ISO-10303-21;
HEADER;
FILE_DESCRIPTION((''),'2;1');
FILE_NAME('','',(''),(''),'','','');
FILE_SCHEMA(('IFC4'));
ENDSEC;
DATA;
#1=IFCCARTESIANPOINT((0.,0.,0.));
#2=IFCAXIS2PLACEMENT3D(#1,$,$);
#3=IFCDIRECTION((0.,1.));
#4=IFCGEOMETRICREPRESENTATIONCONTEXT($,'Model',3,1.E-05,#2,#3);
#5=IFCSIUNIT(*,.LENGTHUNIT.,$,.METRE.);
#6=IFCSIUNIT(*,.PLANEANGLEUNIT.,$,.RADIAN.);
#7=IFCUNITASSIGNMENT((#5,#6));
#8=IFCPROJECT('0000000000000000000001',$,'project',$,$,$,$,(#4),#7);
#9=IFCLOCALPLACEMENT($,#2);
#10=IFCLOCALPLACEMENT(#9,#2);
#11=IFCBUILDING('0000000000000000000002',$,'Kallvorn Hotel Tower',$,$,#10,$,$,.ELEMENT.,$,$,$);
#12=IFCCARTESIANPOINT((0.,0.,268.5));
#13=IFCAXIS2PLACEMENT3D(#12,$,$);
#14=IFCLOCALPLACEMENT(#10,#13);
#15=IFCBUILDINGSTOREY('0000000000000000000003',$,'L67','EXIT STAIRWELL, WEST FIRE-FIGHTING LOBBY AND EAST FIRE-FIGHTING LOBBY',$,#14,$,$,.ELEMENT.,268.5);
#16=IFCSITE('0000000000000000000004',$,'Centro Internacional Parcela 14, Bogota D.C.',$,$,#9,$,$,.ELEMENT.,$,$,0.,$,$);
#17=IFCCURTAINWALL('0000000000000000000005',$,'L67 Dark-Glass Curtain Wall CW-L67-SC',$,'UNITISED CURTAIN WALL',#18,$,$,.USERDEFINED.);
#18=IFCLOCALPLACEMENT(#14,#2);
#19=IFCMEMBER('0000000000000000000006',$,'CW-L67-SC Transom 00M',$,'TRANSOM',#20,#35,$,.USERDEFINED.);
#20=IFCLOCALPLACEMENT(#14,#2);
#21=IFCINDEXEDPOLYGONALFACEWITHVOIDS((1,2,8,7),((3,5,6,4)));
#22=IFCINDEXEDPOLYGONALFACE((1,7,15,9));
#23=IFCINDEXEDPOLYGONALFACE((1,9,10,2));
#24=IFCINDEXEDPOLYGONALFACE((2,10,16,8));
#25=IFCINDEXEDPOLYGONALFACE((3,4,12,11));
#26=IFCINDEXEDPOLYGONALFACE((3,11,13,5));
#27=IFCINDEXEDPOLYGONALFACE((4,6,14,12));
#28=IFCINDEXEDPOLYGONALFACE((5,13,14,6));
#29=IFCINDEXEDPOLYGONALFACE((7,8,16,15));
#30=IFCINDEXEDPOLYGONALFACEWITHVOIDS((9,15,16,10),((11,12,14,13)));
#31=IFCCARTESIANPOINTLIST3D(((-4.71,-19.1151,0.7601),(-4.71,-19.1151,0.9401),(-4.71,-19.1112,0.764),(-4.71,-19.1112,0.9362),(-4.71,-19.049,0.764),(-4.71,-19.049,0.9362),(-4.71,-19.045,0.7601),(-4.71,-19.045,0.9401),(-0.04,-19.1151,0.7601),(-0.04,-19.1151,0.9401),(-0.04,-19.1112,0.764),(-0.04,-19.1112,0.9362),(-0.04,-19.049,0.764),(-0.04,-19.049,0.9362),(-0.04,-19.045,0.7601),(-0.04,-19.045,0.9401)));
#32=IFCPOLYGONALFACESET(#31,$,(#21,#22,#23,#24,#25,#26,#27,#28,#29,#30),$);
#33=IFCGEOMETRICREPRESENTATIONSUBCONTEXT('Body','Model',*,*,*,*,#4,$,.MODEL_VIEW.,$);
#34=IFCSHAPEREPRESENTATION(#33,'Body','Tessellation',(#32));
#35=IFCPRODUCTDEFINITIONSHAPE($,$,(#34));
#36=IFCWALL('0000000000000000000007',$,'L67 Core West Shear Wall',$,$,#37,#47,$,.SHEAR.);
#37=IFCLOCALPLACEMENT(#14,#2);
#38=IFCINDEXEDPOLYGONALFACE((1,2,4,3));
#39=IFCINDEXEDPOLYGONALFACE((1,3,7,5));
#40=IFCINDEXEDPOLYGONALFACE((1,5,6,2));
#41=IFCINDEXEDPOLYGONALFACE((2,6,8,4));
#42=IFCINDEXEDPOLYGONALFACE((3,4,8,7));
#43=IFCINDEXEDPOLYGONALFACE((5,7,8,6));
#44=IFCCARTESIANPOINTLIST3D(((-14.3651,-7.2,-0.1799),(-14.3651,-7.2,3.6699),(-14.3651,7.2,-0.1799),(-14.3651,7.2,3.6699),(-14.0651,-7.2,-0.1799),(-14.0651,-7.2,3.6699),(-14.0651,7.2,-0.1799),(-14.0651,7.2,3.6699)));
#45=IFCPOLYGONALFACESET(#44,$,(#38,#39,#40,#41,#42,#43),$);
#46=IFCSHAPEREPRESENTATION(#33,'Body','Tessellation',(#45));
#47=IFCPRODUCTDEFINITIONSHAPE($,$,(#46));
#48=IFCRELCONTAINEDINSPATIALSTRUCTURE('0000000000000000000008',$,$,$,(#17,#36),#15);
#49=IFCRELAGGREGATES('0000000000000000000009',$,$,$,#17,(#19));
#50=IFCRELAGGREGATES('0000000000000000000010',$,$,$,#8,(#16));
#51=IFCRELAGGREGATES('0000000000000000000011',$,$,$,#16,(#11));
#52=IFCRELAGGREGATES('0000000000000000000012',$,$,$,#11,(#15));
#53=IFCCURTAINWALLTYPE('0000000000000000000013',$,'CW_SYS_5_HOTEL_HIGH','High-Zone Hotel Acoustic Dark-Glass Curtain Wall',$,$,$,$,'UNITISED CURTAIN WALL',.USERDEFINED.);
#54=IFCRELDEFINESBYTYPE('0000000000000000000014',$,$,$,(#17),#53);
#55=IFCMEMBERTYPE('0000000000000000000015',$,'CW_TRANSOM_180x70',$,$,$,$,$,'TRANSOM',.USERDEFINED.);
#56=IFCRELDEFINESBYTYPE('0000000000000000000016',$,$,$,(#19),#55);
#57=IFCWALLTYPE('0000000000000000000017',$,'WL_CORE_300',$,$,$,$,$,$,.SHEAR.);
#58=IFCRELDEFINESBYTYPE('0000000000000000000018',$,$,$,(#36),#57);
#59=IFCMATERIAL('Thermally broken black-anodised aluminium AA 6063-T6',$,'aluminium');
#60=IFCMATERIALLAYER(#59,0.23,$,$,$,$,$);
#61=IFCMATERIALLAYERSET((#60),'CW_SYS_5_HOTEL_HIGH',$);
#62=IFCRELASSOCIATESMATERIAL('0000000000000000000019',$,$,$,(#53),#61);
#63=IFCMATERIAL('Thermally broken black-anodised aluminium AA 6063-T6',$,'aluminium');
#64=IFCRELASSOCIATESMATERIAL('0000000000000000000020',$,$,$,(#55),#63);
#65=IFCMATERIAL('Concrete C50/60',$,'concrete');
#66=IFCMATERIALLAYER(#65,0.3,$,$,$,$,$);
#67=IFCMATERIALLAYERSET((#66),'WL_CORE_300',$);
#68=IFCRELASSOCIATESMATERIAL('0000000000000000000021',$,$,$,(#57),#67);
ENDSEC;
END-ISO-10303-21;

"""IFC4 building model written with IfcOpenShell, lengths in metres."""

from ifc_helpers import new_model, si_unit, direction, frame, frame_2d, origin, origin_2d, place, context, subcontext, project, spatial, rectangle, hollow_rectangle, extrude, material, layer, layer_set, material_profile, profile_set, type_object, element, aggregate, save


model = new_model("IFC4")

# Units and contexts
model_context = context("Model", 3, precision=1e-05, world=origin(), true_north=direction((0.0, 1.0)))
body_context = subcontext(model_context, "Body", "Model", "MODEL_VIEW")
ifc_project = project(units=[si_unit("LENGTHUNIT", "METRE"), si_unit("PLANEANGLEUNIT", "RADIAN")], contexts=[model_context])

# Site, building, storey
site_placement = place(None, origin())
site = spatial("IfcSite", under=ifc_project, at=site_placement, Name="Centro Internacional Parcela 14, Bogota D.C.", CompositionType="ELEMENT", RefElevation=0.0)
building_placement = place(site_placement, origin())
building = spatial("IfcBuilding", under=site, at=building_placement, Name="Kallvorn Hotel Tower", CompositionType="ELEMENT")
storey_placement = place(building_placement, frame((0.0, 0.0, 268.5)))
storey = spatial("IfcBuildingStorey", under=building, at=storey_placement, Name="L67", Description="EXIT STAIRWELL, WEST FIRE-FIGHTING LOBBY AND EAST FIRE-FIGHTING LOBBY", CompositionType="ELEMENT", Elevation=268.5)

# Curtain wall, member
ifc_material_1 = material(Name="Thermally broken black-anodised aluminium AA 6063-T6", Category="aluminium")
ifc_layer_1 = layer(ifc_material_1, 0.23)
ifc_layer_set_1 = layer_set([ifc_layer_1], Name="CW_SYS_5_HOTEL_HIGH")
curtain_wall_type = type_object("IfcCurtainWallType", Name="CW_SYS_5_HOTEL_HIGH", Description="High-Zone Hotel Acoustic Dark-Glass Curtain Wall", ElementType="UNITISED CURTAIN WALL", PredefinedType="USERDEFINED", material=ifc_layer_set_1)
curtain_wall_placement = place(storey_placement, origin())
curtain_wall = element("IfcCurtainWall", 1, at=curtain_wall_placement, inside=storey, type_object=curtain_wall_type, Name="L67 Dark-Glass Curtain Wall CW-L67-SC", ObjectType="UNITISED CURTAIN WALL", PredefinedType="USERDEFINED")
ifc_material_2 = material(Name="Thermally broken black-anodised aluminium AA 6063-T6", Category="aluminium")
ifc_material_profile_1 = material_profile(ifc_material_2, hollow_rectangle(XDim=0.0701, YDim=0.1799, WallThickness=0.0039, at=origin_2d()), Name="TRN 180x70")
ifc_profile_set_1 = profile_set([ifc_material_profile_1], Name="Thermally broken black-anodised aluminium AA 6063-T6")
member_type_1 = type_object("IfcMemberType", Name="CW_TRANSOM_180x70", ElementType="TRANSOM", PredefinedType="USERDEFINED", material=ifc_profile_set_1)
member_1_placement = place(storey_placement, frame((-4.71, -19.0801, 0.8501), z_axis=(1.0, 0.0, 0.0), x_axis=(0.0, 1.0, 0.0)))
member_1 = element("IfcMember", 2, at=member_1_placement, type_object=member_type_1, Name="CW-L67-SC Transom 00M", ObjectType="TRANSOM", PredefinedType="USERDEFINED", context=body_context, shape_type="SweptSolid", body=[
    extrude(hollow_rectangle(XDim=0.0701, YDim=0.1799, WallThickness=0.0039, at=origin_2d()), origin(), (0.0, 0.0, 1.0), 4.6699),
])
aggregate(curtain_wall, [member_1])

# Wall
ifc_material_3 = material(Name="Concrete C50/60", Category="concrete")
ifc_layer_2 = layer(ifc_material_3, 0.3)
ifc_layer_set_2 = layer_set([ifc_layer_2], Name="WL_CORE_300")
wall_type = type_object("IfcWallType", Name="WL_CORE_300", PredefinedType="SHEAR", material=ifc_layer_set_2)
wall_placement = place(storey_placement, frame((-14.2151, -7.2, -0.1799), z_axis=(0.0, 0.0, 1.0), x_axis=(0.0, 1.0, 0.0)))
element("IfcWall", 3, at=wall_placement, inside=storey, type_object=wall_type, Name="L67 Core West Shear Wall", PredefinedType="SHEAR", context=body_context, shape_type="SweptSolid", body=[
    extrude(rectangle(XDim=14.3999, YDim=0.3, at=frame_2d((7.2, 0.0))), origin(), (0.0, 0.0, 1.0), 3.8499),
])

save(model, "model.ifc")
